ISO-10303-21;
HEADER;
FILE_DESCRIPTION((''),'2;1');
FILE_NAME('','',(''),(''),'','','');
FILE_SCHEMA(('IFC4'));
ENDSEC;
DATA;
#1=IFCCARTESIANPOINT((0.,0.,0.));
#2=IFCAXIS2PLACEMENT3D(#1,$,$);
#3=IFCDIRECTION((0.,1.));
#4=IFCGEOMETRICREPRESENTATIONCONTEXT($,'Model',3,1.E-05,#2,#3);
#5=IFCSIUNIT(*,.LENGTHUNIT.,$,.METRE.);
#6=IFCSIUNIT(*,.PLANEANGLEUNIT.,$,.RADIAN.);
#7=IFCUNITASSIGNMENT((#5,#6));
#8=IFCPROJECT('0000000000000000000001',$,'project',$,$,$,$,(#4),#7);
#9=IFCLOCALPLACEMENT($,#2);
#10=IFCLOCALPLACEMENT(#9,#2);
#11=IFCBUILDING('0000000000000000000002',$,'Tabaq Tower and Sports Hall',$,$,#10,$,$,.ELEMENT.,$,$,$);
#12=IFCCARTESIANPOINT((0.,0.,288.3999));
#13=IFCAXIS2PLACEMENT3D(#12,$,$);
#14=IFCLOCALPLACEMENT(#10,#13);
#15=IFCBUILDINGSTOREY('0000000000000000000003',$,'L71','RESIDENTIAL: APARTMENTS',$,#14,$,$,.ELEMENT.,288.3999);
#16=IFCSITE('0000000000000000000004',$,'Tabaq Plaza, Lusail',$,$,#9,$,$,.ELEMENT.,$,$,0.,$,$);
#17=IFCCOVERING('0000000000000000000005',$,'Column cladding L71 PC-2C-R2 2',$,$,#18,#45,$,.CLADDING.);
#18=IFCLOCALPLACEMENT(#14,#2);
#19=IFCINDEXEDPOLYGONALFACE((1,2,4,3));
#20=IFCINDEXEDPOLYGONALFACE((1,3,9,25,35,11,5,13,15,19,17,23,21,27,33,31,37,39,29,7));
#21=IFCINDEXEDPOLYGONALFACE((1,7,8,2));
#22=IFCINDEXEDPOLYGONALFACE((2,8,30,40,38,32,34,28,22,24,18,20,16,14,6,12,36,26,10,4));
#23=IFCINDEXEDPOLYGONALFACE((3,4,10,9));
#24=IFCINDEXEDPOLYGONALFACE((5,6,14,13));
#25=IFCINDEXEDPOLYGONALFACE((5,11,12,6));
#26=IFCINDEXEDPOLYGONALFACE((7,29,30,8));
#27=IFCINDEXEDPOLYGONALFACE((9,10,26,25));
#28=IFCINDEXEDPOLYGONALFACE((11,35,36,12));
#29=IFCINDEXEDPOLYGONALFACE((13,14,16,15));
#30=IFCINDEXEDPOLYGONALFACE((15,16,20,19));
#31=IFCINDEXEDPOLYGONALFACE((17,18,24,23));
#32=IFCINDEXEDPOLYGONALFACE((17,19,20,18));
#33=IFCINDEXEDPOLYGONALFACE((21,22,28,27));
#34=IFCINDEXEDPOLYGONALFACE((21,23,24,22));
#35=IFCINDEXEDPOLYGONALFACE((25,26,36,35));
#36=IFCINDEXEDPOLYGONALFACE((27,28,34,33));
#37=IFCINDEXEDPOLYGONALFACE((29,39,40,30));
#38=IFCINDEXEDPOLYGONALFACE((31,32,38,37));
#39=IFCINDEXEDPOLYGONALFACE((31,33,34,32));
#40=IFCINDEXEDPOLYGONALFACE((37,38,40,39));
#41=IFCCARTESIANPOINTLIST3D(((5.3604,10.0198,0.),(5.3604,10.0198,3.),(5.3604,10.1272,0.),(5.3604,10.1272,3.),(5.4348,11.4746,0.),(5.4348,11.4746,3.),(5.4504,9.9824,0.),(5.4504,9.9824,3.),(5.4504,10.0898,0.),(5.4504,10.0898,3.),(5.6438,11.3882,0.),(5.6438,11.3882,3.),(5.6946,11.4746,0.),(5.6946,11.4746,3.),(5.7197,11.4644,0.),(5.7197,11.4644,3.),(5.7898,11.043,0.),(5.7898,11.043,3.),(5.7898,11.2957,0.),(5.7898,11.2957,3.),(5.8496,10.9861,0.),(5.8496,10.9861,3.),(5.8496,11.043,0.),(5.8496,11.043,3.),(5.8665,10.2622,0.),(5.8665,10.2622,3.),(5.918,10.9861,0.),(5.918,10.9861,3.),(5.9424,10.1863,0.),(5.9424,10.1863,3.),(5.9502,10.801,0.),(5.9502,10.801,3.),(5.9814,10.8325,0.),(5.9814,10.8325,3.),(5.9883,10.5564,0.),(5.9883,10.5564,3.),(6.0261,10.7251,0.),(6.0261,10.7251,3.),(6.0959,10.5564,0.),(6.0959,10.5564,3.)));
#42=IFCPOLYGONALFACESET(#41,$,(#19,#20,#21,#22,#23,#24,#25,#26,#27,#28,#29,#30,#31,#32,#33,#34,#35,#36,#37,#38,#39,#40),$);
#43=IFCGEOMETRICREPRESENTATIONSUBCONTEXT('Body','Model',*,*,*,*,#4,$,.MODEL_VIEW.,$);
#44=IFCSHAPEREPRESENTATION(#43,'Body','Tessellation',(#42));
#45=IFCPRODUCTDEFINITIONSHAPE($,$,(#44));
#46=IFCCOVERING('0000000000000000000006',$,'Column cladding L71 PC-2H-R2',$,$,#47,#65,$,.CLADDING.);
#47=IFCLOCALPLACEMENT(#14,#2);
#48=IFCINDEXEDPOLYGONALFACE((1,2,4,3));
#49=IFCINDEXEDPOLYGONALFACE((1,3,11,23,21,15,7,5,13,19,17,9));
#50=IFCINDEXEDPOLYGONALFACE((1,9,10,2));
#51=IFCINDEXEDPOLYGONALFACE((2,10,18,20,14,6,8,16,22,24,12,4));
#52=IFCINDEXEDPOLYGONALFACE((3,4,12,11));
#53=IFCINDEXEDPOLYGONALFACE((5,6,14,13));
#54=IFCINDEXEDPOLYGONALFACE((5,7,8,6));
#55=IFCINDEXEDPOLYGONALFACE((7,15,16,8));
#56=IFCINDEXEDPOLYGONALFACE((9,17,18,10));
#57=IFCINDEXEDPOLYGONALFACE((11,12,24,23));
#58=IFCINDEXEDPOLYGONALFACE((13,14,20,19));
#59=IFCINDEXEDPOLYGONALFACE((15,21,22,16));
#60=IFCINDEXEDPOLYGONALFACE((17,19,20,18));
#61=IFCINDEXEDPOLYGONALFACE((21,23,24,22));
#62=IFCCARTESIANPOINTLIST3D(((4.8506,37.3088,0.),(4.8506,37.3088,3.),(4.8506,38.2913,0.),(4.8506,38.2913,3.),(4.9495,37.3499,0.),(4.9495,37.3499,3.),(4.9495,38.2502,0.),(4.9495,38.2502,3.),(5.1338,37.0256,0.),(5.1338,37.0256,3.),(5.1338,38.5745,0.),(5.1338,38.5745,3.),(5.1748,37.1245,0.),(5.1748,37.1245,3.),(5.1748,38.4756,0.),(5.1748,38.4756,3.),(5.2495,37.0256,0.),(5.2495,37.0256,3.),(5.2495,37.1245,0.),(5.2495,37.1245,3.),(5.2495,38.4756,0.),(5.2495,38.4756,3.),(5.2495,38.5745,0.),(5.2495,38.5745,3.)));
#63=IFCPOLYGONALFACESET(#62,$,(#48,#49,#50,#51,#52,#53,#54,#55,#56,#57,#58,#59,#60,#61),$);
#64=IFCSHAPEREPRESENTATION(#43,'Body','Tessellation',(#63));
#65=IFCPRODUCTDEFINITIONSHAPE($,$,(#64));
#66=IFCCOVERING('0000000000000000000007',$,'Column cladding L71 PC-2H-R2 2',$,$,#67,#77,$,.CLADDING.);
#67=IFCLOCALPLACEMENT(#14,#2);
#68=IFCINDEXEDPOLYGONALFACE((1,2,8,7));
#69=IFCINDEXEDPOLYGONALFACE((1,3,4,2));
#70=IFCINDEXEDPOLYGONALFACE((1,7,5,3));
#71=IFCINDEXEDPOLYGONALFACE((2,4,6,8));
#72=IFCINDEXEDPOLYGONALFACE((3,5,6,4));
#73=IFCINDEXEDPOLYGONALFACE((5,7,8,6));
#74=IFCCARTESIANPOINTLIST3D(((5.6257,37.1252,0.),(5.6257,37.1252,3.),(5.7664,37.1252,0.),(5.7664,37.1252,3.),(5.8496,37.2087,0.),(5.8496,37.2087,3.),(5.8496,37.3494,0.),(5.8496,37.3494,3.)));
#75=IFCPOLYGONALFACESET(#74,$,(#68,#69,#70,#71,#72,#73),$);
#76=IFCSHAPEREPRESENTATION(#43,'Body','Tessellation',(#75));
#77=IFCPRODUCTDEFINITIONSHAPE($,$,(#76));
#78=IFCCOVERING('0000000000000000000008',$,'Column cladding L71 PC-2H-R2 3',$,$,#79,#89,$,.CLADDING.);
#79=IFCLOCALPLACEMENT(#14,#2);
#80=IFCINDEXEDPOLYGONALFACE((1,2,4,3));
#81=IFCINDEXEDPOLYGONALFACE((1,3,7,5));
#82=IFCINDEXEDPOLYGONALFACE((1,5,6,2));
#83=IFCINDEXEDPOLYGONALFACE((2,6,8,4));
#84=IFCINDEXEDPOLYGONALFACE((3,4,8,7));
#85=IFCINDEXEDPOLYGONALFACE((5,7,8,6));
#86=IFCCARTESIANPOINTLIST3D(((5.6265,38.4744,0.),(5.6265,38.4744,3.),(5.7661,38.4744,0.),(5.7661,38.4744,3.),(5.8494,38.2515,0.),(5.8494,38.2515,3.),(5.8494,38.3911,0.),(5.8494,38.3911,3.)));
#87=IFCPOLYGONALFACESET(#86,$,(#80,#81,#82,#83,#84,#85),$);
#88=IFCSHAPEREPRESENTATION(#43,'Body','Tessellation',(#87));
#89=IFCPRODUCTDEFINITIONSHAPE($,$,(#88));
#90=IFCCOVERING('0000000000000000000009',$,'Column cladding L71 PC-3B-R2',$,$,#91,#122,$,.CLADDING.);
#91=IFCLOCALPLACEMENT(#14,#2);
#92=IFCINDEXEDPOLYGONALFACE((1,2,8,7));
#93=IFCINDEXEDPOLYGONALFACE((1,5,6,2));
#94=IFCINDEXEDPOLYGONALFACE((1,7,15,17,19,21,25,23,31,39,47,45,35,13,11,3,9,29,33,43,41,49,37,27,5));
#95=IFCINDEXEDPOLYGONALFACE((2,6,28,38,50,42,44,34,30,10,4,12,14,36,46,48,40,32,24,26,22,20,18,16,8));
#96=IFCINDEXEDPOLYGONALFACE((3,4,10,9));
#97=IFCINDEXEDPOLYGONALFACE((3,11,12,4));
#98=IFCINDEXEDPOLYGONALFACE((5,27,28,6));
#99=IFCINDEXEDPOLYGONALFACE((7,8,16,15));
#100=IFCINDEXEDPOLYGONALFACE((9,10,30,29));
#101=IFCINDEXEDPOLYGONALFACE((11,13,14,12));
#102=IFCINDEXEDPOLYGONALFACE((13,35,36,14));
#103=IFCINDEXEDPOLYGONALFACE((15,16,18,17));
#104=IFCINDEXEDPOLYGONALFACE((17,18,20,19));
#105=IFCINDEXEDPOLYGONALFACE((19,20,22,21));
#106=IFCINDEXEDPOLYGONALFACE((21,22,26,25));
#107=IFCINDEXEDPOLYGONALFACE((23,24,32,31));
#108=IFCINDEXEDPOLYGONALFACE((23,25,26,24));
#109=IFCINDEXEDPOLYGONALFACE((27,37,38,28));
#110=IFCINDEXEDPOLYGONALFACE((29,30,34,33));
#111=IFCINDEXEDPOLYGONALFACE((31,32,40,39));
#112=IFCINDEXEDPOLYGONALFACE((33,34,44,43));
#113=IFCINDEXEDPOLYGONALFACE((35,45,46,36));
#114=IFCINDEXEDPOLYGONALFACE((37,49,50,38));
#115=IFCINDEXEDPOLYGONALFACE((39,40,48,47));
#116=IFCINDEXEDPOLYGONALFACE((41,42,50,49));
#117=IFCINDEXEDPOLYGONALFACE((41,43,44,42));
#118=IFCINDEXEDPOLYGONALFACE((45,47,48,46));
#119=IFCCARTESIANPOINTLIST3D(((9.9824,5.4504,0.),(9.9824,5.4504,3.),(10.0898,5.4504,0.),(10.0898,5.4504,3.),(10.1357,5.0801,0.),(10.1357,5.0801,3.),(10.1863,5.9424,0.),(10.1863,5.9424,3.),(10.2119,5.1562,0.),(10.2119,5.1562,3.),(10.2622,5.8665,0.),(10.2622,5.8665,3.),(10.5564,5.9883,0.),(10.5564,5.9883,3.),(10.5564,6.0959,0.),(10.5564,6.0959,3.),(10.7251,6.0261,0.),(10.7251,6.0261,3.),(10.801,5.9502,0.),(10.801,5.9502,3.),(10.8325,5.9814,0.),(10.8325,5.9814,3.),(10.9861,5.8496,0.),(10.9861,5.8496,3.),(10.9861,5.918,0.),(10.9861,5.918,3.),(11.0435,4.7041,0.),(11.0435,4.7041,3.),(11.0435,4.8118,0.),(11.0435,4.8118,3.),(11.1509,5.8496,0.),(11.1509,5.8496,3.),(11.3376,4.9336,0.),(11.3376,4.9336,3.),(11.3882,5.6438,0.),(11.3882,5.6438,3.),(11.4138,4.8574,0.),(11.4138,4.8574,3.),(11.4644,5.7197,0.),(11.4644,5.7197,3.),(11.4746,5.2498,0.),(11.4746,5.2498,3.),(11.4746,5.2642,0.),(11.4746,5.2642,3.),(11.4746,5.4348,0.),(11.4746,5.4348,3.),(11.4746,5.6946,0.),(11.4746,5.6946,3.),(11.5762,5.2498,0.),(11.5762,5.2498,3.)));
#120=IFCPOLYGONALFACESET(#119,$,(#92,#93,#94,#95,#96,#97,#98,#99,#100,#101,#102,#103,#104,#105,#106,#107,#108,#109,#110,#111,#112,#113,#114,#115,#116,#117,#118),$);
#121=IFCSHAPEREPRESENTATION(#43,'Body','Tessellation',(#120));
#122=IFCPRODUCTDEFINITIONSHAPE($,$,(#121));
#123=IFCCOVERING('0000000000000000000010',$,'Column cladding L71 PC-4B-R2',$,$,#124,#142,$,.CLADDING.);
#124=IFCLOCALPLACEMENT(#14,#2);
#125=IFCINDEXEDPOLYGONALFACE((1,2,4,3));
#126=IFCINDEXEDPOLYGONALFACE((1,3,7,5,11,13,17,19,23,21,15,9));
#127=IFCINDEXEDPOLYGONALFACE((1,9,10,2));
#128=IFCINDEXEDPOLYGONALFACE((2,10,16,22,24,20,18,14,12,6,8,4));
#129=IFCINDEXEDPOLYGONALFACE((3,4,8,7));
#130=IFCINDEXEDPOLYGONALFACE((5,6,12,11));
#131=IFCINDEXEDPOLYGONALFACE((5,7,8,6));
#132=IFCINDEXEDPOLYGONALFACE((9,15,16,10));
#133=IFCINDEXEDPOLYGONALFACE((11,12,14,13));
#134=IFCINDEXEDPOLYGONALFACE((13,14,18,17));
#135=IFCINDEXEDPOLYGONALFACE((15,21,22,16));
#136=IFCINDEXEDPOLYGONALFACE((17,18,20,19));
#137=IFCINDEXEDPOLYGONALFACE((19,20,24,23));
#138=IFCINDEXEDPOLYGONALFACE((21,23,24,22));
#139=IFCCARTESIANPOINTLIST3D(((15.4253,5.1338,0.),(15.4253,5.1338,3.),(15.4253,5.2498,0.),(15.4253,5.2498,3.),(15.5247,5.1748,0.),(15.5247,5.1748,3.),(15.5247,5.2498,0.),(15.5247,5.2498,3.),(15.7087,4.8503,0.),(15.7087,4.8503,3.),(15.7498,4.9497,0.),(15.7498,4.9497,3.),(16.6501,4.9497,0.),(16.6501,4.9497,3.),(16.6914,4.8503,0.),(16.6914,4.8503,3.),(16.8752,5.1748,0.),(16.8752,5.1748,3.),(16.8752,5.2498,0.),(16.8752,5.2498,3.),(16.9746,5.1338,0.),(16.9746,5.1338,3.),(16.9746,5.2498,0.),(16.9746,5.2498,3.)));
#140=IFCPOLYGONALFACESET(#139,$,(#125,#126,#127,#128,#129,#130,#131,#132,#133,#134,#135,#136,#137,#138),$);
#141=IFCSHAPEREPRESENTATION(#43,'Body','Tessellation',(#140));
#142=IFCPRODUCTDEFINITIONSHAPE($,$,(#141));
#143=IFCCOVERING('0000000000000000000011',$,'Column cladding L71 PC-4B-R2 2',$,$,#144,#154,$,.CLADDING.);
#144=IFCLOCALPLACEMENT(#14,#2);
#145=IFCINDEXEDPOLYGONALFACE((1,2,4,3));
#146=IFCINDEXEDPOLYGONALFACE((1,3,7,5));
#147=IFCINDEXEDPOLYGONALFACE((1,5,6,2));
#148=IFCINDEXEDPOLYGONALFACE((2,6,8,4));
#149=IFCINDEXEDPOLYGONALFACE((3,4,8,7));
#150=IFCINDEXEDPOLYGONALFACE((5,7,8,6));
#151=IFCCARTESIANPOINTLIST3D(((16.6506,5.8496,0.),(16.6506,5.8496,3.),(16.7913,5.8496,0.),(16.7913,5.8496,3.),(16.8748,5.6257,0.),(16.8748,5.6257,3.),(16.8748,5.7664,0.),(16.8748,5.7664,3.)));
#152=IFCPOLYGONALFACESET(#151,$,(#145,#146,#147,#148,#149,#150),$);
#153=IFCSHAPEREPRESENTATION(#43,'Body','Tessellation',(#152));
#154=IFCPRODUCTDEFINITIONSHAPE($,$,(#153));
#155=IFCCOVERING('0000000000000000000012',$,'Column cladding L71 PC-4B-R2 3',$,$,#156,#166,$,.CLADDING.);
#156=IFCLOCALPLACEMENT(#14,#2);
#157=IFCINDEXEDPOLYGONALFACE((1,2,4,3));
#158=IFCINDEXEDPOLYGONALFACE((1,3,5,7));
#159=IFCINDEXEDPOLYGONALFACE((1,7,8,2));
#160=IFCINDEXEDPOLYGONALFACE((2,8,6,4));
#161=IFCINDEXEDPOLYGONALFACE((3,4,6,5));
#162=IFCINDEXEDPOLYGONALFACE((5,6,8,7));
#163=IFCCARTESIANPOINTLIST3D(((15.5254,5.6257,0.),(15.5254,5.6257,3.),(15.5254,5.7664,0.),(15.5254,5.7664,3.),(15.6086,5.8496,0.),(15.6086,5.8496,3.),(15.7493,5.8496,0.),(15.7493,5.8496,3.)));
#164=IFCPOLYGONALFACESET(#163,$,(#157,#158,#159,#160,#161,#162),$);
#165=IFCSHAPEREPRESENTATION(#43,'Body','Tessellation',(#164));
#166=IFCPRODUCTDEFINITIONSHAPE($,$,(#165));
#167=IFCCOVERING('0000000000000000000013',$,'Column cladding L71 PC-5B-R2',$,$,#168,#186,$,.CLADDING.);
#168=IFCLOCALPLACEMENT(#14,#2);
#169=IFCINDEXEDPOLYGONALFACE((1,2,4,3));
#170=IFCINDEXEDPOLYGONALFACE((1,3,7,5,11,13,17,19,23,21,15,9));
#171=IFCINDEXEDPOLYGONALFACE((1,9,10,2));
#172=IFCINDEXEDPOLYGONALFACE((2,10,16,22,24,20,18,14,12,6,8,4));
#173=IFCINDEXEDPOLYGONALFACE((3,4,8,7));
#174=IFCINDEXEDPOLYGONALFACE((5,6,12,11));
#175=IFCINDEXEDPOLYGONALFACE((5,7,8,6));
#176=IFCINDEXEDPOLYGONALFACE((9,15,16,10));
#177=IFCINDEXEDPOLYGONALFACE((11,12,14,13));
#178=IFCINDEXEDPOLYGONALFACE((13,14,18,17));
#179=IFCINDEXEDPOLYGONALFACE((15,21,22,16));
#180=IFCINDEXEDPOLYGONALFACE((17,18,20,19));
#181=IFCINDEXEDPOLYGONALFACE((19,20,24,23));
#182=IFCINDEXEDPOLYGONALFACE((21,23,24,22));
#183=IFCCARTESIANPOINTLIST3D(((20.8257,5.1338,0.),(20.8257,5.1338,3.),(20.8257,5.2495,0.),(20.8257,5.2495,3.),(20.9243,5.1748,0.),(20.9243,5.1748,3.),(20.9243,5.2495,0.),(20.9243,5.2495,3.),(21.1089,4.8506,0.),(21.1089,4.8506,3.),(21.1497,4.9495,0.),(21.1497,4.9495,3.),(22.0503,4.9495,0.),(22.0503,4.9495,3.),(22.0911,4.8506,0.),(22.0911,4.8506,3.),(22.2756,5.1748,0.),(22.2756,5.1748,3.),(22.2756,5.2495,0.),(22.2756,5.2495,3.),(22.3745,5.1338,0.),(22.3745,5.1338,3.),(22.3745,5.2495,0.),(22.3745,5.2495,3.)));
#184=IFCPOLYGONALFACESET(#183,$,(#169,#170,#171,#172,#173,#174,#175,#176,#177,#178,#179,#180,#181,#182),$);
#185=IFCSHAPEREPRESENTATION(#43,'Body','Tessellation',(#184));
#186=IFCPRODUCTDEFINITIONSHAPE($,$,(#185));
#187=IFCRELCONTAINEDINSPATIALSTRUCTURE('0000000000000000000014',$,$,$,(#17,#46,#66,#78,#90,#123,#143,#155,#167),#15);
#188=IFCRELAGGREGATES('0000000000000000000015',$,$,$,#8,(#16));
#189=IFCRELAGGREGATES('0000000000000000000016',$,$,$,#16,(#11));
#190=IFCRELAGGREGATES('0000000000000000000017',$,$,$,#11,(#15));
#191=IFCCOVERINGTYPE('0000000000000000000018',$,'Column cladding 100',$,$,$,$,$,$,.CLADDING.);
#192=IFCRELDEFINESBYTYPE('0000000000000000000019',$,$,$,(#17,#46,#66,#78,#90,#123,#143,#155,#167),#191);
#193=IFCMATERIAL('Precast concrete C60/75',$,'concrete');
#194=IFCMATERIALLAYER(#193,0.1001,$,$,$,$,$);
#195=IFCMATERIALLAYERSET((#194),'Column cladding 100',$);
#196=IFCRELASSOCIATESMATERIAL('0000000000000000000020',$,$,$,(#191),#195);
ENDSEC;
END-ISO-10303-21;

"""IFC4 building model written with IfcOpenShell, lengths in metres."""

from ifc_helpers import new_model, si_unit, direction, frame, origin, place, context, subcontext, project, spatial, polyline, outline, extrude, material, layer, layer_set, type_object, element, save


model = new_model("IFC4")

# Units and contexts
model_context = context("Model", 3, precision=1e-05, world=origin(), true_north=direction((0.0, 1.0)))
body_context = subcontext(model_context, "Body", "Model", "MODEL_VIEW")
ifc_project = project(units=[si_unit("LENGTHUNIT", "METRE"), si_unit("PLANEANGLEUNIT", "RADIAN")], contexts=[model_context])

# Site, building, storey
site_placement = place(None, origin())
site = spatial("IfcSite", under=ifc_project, at=site_placement, Name="Tabaq Plaza, Lusail", CompositionType="ELEMENT", RefElevation=0.0)
building_placement = place(site_placement, origin())
building = spatial("IfcBuilding", under=site, at=building_placement, Name="Tabaq Tower and Sports Hall", CompositionType="ELEMENT")
storey_placement = place(building_placement, frame((0.0, 0.0, 288.3999)))
storey = spatial("IfcBuildingStorey", under=building, at=storey_placement, Name="L71", Description="RESIDENTIAL: APARTMENTS", CompositionType="ELEMENT", Elevation=288.3999)

# Coverings
ifc_material_1 = material(Name="Precast concrete C60/75", Category="concrete")
ifc_layer_1 = layer(ifc_material_1, 0.1001)
ifc_layer_set_1 = layer_set([ifc_layer_1], Name="Column cladding 100")
covering_type = type_object("IfcCoveringType", Name="Column cladding 100", PredefinedType="CLADDING", material=ifc_layer_set_1)
covering_1_placement = place(storey_placement, origin())
element("IfcCovering", 1, at=covering_1_placement, inside=storey, type_object=covering_type, Name="Column cladding L71 PC-2C-R2 2", PredefinedType="CLADDING", context=body_context, shape_type="SweptSolid", body=[
    extrude(outline(polyline([(5.4504, 9.9824), (5.3604, 10.0198), (5.3604, 10.1272), (5.4504, 10.0898), (5.8665, 10.2622), (5.9883, 10.5564), (5.6438, 11.3882), (5.4348, 11.4746), (5.6946, 11.4746), (5.7197, 11.4644), (5.7898, 11.2957), (5.7898, 11.043), (5.8496, 11.043), (5.8496, 10.9861), (5.918, 10.9861), (5.9814, 10.8325), (5.9502, 10.801), (6.0261, 10.7251), (6.0959, 10.5564), (5.9424, 10.1863), (5.4504, 9.9824)])), origin(), (0.0, 0.0, 1.0), 3.0),
])
covering_2_placement = place(storey_placement, origin())
element("IfcCovering", 2, at=covering_2_placement, inside=storey, type_object=covering_type, Name="Column cladding L71 PC-2H-R2", PredefinedType="CLADDING", context=body_context, shape_type="SweptSolid", body=[
    extrude(outline(polyline([(5.1338, 37.0256), (4.8506, 37.3088), (4.8506, 38.2913), (5.1338, 38.5745), (5.2495, 38.5745), (5.2495, 38.4756), (5.1748, 38.4756), (4.9495, 38.2502), (4.9495, 37.3499), (5.1748, 37.1245), (5.2495, 37.1245), (5.2495, 37.0256), (5.1338, 37.0256)])), origin(), (0.0, 0.0, 1.0), 3.0),
])
covering_3_placement = place(storey_placement, origin())
element("IfcCovering", 3, at=covering_3_placement, inside=storey, type_object=covering_type, Name="Column cladding L71 PC-2H-R2 2", PredefinedType="CLADDING", context=body_context, shape_type="SweptSolid", body=[
    extrude(outline(polyline([(5.7664, 37.1252), (5.6257, 37.1252), (5.8496, 37.3494), (5.8496, 37.2087), (5.7664, 37.1252)])), origin(), (0.0, 0.0, 1.0), 3.0),
])
covering_4_placement = place(storey_placement, origin())
element("IfcCovering", 4, at=covering_4_placement, inside=storey, type_object=covering_type, Name="Column cladding L71 PC-2H-R2 3", PredefinedType="CLADDING", context=body_context, shape_type="SweptSolid", body=[
    extrude(outline(polyline([(5.6265, 38.4744), (5.7661, 38.4744), (5.8494, 38.3911), (5.8494, 38.2515), (5.6265, 38.4744)])), origin(), (0.0, 0.0, 1.0), 3.0),
])
covering_5_placement = place(storey_placement, origin())
element("IfcCovering", 5, at=covering_5_placement, inside=storey, type_object=covering_type, Name="Column cladding L71 PC-3B-R2", PredefinedType="CLADDING", context=body_context, shape_type="SweptSolid", body=[
    extrude(outline(polyline([(11.4138, 4.8574), (11.0435, 4.7041), (10.1357, 5.0801), (9.9824, 5.4504), (10.1863, 5.9424), (10.5564, 6.0959), (10.7251, 6.0261), (10.801, 5.9502), (10.8325, 5.9814), (10.9861, 5.918), (10.9861, 5.8496), (11.1509, 5.8496), (11.4644, 5.7197), (11.4746, 5.6946), (11.4746, 5.4348), (11.3882, 5.6438), (10.5564, 5.9883), (10.2622, 5.8665), (10.0898, 5.4504), (10.2119, 5.1562), (11.0435, 4.8118), (11.3376, 4.9336), (11.4746, 5.2642), (11.4746, 5.2498), (11.5762, 5.2498), (11.4138, 4.8574)])), origin(), (0.0, 0.0, 1.0), 3.0),
])
covering_6_placement = place(storey_placement, origin())
element("IfcCovering", 6, at=covering_6_placement, inside=storey, type_object=covering_type, Name="Column cladding L71 PC-4B-R2", PredefinedType="CLADDING", context=body_context, shape_type="SweptSolid", body=[
    extrude(outline(polyline([(15.4253, 5.2498), (15.5247, 5.2498), (15.5247, 5.1748), (15.7498, 4.9497), (16.6501, 4.9497), (16.8752, 5.1748), (16.8752, 5.2498), (16.9746, 5.2498), (16.9746, 5.1338), (16.6914, 4.8503), (15.7087, 4.8503), (15.4253, 5.1338), (15.4253, 5.2498)])), origin(), (0.0, 0.0, 1.0), 3.0),
])
covering_7_placement = place(storey_placement, origin())
element("IfcCovering", 7, at=covering_7_placement, inside=storey, type_object=covering_type, Name="Column cladding L71 PC-4B-R2 2", PredefinedType="CLADDING", context=body_context, shape_type="SweptSolid", body=[
    extrude(outline(polyline([(16.8748, 5.7664), (16.8748, 5.6257), (16.6506, 5.8496), (16.7913, 5.8496), (16.8748, 5.7664)])), origin(), (0.0, 0.0, 1.0), 3.0),
])
covering_8_placement = place(storey_placement, origin())
element("IfcCovering", 8, at=covering_8_placement, inside=storey, type_object=covering_type, Name="Column cladding L71 PC-4B-R2 3", PredefinedType="CLADDING", context=body_context, shape_type="SweptSolid", body=[
    extrude(outline(polyline([(15.6086, 5.8496), (15.7493, 5.8496), (15.5254, 5.6257), (15.5254, 5.7664), (15.6086, 5.8496)])), origin(), (0.0, 0.0, 1.0), 3.0),
])
covering_9_placement = place(storey_placement, origin())
element("IfcCovering", 9, at=covering_9_placement, inside=storey, type_object=covering_type, Name="Column cladding L71 PC-5B-R2", PredefinedType="CLADDING", context=body_context, shape_type="SweptSolid", body=[
    extrude(outline(polyline([(20.8257, 5.2495), (20.9243, 5.2495), (20.9243, 5.1748), (21.1497, 4.9495), (22.0503, 4.9495), (22.2756, 5.1748), (22.2756, 5.2495), (22.3745, 5.2495), (22.3745, 5.1338), (22.0911, 4.8506), (21.1089, 4.8506), (20.8257, 5.1338), (20.8257, 5.2495)])), origin(), (0.0, 0.0, 1.0), 3.0),
])

save(model, "model.ifc")
